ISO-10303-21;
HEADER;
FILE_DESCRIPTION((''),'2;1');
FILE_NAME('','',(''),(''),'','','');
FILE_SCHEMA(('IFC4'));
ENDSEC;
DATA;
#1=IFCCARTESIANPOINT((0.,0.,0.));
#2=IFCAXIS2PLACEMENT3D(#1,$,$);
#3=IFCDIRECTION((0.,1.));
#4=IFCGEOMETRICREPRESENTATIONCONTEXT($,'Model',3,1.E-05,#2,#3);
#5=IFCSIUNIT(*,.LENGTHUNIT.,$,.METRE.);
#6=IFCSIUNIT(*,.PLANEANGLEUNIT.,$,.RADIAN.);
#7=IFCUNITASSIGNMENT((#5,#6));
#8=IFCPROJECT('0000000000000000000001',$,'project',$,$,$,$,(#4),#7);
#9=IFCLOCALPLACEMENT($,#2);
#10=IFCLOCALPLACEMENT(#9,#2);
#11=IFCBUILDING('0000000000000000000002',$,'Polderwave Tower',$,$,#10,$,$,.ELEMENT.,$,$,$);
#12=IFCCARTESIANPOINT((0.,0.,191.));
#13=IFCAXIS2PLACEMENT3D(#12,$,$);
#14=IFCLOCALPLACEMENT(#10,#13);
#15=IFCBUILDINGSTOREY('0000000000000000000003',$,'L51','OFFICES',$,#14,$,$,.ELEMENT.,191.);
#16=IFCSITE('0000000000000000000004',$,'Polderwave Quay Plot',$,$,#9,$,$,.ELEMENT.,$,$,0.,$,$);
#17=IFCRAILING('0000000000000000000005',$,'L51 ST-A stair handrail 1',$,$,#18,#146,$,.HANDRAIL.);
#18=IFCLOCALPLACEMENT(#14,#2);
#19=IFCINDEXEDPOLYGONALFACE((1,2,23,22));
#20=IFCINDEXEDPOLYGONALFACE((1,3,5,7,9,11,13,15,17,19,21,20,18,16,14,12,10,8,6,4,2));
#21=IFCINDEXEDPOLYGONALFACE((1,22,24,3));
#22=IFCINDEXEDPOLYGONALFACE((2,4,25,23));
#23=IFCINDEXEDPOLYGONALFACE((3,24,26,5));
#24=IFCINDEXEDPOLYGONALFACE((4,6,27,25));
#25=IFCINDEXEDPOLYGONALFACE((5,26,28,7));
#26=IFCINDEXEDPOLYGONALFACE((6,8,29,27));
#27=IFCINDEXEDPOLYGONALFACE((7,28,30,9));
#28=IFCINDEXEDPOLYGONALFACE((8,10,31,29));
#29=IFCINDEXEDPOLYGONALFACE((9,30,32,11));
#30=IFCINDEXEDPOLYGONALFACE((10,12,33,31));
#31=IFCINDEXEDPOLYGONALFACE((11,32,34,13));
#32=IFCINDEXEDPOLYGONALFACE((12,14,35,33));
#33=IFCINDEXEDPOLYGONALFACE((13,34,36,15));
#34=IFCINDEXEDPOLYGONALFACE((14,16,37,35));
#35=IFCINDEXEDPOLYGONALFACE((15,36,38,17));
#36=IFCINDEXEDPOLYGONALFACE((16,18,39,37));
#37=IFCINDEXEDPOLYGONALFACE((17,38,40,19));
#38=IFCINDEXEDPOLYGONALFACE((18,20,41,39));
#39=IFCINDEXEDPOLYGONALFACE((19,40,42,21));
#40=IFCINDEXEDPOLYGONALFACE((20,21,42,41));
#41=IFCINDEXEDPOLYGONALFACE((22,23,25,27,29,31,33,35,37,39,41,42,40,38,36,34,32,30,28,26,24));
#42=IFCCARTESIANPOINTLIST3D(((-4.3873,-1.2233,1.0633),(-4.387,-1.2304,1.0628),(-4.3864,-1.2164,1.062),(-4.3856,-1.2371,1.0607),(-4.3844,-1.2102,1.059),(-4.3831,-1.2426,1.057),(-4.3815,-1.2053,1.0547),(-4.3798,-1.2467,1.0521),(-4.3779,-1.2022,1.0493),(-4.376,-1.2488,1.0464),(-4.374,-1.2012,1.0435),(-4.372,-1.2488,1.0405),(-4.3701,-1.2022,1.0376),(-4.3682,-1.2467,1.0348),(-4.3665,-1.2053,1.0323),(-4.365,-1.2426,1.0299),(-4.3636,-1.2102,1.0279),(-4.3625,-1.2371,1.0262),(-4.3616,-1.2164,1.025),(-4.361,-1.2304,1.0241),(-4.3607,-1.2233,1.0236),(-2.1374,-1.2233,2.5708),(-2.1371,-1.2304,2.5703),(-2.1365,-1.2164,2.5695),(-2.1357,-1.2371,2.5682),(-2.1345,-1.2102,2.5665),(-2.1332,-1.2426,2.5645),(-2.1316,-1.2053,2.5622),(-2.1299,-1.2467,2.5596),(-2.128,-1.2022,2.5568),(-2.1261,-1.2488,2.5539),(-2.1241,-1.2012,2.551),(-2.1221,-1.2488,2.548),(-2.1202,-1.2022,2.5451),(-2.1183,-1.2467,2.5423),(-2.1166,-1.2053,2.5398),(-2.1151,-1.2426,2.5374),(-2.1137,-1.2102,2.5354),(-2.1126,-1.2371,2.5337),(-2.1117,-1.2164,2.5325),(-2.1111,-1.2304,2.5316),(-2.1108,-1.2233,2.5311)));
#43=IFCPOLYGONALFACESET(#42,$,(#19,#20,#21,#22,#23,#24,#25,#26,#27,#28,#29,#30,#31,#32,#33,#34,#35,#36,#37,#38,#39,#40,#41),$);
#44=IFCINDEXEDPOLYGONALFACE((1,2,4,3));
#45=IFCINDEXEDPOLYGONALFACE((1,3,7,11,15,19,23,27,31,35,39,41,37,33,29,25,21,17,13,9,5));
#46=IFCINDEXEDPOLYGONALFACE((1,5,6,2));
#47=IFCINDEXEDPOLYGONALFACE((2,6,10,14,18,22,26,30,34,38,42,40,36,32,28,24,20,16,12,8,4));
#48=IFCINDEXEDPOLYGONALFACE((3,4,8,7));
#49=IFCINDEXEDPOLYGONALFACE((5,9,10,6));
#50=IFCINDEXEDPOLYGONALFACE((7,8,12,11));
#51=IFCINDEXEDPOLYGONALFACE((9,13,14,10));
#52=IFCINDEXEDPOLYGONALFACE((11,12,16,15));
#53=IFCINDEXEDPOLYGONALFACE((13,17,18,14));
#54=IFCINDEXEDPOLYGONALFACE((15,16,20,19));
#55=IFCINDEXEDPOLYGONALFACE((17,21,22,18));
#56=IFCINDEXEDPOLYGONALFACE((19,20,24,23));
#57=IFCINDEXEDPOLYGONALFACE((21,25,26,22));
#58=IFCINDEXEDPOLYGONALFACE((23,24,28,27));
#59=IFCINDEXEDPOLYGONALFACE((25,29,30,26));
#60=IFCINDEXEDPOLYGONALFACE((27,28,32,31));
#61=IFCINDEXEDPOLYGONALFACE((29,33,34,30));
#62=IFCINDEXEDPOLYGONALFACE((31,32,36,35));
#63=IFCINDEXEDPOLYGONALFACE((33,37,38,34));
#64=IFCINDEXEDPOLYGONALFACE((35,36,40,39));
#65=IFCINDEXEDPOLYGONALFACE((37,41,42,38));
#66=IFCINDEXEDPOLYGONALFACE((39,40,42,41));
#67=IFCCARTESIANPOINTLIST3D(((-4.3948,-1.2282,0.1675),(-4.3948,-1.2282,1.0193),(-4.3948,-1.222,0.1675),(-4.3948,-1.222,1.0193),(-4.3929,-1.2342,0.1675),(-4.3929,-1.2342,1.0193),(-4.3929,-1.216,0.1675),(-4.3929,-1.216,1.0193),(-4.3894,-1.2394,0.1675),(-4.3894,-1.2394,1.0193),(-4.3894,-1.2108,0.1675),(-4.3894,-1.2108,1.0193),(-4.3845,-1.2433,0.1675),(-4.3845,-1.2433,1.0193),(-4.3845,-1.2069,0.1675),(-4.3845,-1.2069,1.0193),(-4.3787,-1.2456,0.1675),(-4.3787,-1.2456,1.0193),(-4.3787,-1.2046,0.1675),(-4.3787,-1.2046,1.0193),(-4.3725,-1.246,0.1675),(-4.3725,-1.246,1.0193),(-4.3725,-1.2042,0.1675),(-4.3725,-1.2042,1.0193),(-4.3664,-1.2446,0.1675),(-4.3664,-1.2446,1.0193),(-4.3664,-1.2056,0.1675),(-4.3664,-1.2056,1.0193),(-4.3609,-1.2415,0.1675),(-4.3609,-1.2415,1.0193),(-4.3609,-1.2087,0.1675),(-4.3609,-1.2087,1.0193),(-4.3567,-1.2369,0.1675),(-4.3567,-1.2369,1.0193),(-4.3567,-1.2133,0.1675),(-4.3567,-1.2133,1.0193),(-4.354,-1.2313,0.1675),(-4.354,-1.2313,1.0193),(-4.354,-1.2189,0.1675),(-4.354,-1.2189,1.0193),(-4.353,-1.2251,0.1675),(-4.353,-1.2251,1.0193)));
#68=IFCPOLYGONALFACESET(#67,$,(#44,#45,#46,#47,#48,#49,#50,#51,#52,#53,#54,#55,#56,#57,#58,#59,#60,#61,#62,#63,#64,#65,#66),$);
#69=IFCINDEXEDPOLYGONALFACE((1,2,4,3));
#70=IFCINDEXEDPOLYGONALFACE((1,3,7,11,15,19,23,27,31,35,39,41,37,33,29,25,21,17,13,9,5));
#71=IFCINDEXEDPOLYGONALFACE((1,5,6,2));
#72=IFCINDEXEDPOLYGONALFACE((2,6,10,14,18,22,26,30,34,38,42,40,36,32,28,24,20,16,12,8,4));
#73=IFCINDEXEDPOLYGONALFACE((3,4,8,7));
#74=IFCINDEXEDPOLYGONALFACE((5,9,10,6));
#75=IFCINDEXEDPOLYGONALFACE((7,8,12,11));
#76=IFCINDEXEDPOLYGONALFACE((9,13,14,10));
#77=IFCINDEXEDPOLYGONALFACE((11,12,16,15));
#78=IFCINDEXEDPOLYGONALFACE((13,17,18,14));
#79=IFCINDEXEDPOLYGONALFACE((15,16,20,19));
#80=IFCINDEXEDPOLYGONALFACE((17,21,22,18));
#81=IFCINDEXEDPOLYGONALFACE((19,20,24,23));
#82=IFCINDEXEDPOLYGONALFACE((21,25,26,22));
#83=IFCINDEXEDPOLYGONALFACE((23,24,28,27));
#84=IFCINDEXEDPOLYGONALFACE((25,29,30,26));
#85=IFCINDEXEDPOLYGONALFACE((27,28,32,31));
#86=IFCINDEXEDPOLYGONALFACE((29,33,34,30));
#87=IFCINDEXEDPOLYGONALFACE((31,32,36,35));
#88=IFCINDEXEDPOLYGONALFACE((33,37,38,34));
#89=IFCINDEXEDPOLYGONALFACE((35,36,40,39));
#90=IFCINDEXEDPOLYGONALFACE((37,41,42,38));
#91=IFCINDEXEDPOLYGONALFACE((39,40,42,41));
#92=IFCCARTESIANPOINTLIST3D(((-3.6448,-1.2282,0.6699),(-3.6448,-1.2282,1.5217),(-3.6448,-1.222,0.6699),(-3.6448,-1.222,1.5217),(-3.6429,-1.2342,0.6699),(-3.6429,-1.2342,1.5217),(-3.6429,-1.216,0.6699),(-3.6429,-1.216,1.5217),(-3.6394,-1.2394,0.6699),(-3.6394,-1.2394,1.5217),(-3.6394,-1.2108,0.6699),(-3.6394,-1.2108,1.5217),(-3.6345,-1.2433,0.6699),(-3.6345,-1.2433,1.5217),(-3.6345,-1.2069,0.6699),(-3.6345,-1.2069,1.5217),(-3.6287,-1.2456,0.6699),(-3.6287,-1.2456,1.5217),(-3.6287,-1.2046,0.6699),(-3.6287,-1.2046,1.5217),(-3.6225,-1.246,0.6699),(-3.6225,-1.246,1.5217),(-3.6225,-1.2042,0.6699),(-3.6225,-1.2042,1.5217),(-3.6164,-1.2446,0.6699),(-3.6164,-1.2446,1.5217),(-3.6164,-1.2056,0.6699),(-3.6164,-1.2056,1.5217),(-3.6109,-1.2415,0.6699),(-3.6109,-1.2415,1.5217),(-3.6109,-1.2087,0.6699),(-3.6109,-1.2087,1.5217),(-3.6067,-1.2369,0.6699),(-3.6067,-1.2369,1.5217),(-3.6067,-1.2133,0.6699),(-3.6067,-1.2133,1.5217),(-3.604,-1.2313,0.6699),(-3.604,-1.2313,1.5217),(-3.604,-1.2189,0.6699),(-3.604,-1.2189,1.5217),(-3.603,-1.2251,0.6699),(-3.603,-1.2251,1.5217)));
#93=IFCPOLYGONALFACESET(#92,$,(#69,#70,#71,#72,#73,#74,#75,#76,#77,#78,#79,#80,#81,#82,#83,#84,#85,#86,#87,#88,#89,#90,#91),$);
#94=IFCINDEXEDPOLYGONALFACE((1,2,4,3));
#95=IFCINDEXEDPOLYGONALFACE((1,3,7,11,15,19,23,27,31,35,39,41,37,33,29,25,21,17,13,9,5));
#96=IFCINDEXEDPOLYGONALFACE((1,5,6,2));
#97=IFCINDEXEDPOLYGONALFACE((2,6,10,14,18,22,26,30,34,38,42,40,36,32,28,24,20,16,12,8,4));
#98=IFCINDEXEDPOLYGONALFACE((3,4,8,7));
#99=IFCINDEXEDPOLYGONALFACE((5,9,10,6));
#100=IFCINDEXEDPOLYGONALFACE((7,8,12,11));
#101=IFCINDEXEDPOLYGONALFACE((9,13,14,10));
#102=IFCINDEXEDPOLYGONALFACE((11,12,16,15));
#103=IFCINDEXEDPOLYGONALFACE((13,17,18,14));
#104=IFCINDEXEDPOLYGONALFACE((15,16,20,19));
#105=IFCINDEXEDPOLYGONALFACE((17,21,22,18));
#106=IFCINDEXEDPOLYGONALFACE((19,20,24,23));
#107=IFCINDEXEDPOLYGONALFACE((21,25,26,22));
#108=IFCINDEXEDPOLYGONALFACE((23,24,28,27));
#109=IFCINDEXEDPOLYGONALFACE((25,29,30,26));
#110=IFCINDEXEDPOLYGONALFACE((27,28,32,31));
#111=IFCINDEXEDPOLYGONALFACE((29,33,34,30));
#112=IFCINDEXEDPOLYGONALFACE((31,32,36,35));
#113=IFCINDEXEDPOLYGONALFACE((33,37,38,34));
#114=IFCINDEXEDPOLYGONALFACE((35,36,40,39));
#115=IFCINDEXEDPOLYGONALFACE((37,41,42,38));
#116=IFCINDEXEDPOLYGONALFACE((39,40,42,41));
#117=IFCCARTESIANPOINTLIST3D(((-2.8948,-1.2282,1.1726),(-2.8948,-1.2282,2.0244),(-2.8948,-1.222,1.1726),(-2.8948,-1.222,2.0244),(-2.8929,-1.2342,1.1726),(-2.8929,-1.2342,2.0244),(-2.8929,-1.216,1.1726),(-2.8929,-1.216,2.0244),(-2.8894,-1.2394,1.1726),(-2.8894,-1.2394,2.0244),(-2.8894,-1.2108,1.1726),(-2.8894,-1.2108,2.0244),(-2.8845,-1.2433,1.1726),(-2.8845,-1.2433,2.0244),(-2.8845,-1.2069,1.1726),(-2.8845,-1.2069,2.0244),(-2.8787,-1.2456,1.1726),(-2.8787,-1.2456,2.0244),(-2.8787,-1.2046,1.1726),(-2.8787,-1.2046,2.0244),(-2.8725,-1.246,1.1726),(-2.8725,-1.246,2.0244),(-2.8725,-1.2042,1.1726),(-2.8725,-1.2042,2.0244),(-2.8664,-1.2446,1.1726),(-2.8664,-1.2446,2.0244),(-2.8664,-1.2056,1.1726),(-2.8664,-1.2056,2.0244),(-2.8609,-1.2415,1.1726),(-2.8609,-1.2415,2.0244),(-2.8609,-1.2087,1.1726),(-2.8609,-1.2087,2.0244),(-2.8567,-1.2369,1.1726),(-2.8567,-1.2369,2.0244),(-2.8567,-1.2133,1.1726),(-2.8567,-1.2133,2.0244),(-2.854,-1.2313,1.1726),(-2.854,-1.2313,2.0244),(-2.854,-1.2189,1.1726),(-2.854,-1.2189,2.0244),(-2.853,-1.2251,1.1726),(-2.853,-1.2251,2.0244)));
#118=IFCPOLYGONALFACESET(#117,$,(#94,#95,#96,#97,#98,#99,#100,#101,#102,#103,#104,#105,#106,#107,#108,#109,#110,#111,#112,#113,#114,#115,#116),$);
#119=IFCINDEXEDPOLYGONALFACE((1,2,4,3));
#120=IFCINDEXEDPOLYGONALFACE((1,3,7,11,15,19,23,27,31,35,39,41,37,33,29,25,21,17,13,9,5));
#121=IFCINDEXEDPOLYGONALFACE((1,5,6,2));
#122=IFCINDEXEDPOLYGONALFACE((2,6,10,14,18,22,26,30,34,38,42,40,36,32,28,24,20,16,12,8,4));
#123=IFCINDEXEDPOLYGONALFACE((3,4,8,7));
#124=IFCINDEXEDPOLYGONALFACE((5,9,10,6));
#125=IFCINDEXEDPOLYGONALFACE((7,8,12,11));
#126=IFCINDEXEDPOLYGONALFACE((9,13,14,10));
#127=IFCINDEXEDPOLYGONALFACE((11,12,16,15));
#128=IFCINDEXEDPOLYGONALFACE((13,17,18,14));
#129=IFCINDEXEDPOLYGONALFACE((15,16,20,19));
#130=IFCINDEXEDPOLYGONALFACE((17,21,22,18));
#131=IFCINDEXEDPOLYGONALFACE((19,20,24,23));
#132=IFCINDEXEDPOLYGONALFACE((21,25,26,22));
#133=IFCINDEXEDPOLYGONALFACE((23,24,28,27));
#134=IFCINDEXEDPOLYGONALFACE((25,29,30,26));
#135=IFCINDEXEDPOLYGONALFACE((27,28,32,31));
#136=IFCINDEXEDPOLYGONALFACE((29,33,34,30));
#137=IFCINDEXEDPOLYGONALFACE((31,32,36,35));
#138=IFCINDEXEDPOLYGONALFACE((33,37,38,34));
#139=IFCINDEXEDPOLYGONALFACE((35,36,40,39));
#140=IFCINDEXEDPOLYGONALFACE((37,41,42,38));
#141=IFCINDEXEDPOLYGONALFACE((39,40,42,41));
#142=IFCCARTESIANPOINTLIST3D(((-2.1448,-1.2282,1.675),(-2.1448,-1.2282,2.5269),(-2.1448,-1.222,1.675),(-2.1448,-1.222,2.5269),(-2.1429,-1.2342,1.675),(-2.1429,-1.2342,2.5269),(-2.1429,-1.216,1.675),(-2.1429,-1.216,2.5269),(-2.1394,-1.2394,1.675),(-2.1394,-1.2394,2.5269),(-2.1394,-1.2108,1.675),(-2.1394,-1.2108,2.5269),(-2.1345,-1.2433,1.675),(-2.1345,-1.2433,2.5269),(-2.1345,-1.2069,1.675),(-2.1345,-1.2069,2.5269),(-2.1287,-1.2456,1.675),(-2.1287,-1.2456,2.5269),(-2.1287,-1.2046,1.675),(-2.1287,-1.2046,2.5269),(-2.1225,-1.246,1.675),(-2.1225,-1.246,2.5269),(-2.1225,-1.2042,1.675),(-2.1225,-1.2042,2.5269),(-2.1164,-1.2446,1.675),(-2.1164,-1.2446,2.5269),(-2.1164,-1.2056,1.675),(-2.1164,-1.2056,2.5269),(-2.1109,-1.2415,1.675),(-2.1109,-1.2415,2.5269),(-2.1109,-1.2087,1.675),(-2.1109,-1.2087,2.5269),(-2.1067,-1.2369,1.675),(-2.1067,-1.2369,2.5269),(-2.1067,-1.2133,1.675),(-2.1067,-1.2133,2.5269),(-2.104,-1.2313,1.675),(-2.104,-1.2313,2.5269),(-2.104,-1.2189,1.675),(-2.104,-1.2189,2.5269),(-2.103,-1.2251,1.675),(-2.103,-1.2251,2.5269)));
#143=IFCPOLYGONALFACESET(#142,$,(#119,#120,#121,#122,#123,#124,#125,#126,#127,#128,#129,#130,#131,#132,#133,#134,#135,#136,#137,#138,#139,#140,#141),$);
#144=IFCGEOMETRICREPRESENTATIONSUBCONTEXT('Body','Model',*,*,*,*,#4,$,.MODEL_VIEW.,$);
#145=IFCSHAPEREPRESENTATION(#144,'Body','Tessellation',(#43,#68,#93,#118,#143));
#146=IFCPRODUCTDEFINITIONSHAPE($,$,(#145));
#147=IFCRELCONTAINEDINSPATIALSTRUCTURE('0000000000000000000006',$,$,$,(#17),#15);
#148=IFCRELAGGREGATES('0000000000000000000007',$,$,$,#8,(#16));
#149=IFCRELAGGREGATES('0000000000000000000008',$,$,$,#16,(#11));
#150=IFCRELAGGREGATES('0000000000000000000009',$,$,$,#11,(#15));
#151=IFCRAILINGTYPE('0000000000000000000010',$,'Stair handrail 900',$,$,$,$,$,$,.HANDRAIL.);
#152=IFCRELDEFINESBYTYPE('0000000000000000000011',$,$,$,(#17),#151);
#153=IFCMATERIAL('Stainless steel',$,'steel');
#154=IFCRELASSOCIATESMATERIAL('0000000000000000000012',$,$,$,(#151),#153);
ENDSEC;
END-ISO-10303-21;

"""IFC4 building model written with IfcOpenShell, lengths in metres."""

from ifc_helpers import new_model, si_unit, direction, frame, origin, origin_2d, place, context, subcontext, project, spatial, circle, extrude, material, type_object, element, save


model = new_model("IFC4")

# Units and contexts
model_context = context("Model", 3, precision=1e-05, world=origin(), true_north=direction((0.0, 1.0)))
body_context = subcontext(model_context, "Body", "Model", "MODEL_VIEW")
ifc_project = project(units=[si_unit("LENGTHUNIT", "METRE"), si_unit("PLANEANGLEUNIT", "RADIAN")], contexts=[model_context])

# Site, building, storey
site_placement = place(None, origin())
site = spatial("IfcSite", under=ifc_project, at=site_placement, Name="Polderwave Quay Plot", CompositionType="ELEMENT", RefElevation=0.0)
building_placement = place(site_placement, origin())
building = spatial("IfcBuilding", under=site, at=building_placement, Name="Polderwave Tower", CompositionType="ELEMENT")
storey_placement = place(building_placement, frame((0.0, 0.0, 191.0)))
storey = spatial("IfcBuildingStorey", under=building, at=storey_placement, Name="L51", Description="OFFICES", CompositionType="ELEMENT", Elevation=191.0)

# Shared definitions
ifc_material_1 = material(Name="Stainless steel", Category="steel")

# Railing
railing_type_1 = type_object("IfcRailingType", Name="Stair handrail 900", PredefinedType="HANDRAIL", material=ifc_material_1)
railing_1_placement = place(storey_placement, frame((-4.374, -1.2251, 0.1675)))
element("IfcRailing", 1, at=railing_1_placement, inside=storey, type_object=railing_type_1, Name="L51 ST-A stair handrail 1", PredefinedType="HANDRAIL", context=body_context, shape_type="SweptSolid", body=[
    extrude(circle(Radius=0.0239, at=origin_2d()), frame((0.0, 0.0, 0.876), z_axis=(0.830758, 0.0, 0.556633), x_axis=(0.0, 1.0, 0.0)), (0.0, 0.0, 1.0), 2.7083),
    extrude(circle(Radius=0.021, at=origin_2d()), origin(), (0.0, 0.0, 1.0), 0.8518),
    extrude(circle(Radius=0.021, at=origin_2d()), frame((0.75, 0.0, 0.5024)), (0.0, 0.0, 1.0), 0.8518),
    extrude(circle(Radius=0.021, at=origin_2d()), frame((1.5, 0.0, 1.0051)), (0.0, 0.0, 1.0), 0.8518),
    extrude(circle(Radius=0.021, at=origin_2d()), frame((2.25, 0.0, 1.5076)), (0.0, 0.0, 1.0), 0.8518),
])

save(model, "model.ifc")
